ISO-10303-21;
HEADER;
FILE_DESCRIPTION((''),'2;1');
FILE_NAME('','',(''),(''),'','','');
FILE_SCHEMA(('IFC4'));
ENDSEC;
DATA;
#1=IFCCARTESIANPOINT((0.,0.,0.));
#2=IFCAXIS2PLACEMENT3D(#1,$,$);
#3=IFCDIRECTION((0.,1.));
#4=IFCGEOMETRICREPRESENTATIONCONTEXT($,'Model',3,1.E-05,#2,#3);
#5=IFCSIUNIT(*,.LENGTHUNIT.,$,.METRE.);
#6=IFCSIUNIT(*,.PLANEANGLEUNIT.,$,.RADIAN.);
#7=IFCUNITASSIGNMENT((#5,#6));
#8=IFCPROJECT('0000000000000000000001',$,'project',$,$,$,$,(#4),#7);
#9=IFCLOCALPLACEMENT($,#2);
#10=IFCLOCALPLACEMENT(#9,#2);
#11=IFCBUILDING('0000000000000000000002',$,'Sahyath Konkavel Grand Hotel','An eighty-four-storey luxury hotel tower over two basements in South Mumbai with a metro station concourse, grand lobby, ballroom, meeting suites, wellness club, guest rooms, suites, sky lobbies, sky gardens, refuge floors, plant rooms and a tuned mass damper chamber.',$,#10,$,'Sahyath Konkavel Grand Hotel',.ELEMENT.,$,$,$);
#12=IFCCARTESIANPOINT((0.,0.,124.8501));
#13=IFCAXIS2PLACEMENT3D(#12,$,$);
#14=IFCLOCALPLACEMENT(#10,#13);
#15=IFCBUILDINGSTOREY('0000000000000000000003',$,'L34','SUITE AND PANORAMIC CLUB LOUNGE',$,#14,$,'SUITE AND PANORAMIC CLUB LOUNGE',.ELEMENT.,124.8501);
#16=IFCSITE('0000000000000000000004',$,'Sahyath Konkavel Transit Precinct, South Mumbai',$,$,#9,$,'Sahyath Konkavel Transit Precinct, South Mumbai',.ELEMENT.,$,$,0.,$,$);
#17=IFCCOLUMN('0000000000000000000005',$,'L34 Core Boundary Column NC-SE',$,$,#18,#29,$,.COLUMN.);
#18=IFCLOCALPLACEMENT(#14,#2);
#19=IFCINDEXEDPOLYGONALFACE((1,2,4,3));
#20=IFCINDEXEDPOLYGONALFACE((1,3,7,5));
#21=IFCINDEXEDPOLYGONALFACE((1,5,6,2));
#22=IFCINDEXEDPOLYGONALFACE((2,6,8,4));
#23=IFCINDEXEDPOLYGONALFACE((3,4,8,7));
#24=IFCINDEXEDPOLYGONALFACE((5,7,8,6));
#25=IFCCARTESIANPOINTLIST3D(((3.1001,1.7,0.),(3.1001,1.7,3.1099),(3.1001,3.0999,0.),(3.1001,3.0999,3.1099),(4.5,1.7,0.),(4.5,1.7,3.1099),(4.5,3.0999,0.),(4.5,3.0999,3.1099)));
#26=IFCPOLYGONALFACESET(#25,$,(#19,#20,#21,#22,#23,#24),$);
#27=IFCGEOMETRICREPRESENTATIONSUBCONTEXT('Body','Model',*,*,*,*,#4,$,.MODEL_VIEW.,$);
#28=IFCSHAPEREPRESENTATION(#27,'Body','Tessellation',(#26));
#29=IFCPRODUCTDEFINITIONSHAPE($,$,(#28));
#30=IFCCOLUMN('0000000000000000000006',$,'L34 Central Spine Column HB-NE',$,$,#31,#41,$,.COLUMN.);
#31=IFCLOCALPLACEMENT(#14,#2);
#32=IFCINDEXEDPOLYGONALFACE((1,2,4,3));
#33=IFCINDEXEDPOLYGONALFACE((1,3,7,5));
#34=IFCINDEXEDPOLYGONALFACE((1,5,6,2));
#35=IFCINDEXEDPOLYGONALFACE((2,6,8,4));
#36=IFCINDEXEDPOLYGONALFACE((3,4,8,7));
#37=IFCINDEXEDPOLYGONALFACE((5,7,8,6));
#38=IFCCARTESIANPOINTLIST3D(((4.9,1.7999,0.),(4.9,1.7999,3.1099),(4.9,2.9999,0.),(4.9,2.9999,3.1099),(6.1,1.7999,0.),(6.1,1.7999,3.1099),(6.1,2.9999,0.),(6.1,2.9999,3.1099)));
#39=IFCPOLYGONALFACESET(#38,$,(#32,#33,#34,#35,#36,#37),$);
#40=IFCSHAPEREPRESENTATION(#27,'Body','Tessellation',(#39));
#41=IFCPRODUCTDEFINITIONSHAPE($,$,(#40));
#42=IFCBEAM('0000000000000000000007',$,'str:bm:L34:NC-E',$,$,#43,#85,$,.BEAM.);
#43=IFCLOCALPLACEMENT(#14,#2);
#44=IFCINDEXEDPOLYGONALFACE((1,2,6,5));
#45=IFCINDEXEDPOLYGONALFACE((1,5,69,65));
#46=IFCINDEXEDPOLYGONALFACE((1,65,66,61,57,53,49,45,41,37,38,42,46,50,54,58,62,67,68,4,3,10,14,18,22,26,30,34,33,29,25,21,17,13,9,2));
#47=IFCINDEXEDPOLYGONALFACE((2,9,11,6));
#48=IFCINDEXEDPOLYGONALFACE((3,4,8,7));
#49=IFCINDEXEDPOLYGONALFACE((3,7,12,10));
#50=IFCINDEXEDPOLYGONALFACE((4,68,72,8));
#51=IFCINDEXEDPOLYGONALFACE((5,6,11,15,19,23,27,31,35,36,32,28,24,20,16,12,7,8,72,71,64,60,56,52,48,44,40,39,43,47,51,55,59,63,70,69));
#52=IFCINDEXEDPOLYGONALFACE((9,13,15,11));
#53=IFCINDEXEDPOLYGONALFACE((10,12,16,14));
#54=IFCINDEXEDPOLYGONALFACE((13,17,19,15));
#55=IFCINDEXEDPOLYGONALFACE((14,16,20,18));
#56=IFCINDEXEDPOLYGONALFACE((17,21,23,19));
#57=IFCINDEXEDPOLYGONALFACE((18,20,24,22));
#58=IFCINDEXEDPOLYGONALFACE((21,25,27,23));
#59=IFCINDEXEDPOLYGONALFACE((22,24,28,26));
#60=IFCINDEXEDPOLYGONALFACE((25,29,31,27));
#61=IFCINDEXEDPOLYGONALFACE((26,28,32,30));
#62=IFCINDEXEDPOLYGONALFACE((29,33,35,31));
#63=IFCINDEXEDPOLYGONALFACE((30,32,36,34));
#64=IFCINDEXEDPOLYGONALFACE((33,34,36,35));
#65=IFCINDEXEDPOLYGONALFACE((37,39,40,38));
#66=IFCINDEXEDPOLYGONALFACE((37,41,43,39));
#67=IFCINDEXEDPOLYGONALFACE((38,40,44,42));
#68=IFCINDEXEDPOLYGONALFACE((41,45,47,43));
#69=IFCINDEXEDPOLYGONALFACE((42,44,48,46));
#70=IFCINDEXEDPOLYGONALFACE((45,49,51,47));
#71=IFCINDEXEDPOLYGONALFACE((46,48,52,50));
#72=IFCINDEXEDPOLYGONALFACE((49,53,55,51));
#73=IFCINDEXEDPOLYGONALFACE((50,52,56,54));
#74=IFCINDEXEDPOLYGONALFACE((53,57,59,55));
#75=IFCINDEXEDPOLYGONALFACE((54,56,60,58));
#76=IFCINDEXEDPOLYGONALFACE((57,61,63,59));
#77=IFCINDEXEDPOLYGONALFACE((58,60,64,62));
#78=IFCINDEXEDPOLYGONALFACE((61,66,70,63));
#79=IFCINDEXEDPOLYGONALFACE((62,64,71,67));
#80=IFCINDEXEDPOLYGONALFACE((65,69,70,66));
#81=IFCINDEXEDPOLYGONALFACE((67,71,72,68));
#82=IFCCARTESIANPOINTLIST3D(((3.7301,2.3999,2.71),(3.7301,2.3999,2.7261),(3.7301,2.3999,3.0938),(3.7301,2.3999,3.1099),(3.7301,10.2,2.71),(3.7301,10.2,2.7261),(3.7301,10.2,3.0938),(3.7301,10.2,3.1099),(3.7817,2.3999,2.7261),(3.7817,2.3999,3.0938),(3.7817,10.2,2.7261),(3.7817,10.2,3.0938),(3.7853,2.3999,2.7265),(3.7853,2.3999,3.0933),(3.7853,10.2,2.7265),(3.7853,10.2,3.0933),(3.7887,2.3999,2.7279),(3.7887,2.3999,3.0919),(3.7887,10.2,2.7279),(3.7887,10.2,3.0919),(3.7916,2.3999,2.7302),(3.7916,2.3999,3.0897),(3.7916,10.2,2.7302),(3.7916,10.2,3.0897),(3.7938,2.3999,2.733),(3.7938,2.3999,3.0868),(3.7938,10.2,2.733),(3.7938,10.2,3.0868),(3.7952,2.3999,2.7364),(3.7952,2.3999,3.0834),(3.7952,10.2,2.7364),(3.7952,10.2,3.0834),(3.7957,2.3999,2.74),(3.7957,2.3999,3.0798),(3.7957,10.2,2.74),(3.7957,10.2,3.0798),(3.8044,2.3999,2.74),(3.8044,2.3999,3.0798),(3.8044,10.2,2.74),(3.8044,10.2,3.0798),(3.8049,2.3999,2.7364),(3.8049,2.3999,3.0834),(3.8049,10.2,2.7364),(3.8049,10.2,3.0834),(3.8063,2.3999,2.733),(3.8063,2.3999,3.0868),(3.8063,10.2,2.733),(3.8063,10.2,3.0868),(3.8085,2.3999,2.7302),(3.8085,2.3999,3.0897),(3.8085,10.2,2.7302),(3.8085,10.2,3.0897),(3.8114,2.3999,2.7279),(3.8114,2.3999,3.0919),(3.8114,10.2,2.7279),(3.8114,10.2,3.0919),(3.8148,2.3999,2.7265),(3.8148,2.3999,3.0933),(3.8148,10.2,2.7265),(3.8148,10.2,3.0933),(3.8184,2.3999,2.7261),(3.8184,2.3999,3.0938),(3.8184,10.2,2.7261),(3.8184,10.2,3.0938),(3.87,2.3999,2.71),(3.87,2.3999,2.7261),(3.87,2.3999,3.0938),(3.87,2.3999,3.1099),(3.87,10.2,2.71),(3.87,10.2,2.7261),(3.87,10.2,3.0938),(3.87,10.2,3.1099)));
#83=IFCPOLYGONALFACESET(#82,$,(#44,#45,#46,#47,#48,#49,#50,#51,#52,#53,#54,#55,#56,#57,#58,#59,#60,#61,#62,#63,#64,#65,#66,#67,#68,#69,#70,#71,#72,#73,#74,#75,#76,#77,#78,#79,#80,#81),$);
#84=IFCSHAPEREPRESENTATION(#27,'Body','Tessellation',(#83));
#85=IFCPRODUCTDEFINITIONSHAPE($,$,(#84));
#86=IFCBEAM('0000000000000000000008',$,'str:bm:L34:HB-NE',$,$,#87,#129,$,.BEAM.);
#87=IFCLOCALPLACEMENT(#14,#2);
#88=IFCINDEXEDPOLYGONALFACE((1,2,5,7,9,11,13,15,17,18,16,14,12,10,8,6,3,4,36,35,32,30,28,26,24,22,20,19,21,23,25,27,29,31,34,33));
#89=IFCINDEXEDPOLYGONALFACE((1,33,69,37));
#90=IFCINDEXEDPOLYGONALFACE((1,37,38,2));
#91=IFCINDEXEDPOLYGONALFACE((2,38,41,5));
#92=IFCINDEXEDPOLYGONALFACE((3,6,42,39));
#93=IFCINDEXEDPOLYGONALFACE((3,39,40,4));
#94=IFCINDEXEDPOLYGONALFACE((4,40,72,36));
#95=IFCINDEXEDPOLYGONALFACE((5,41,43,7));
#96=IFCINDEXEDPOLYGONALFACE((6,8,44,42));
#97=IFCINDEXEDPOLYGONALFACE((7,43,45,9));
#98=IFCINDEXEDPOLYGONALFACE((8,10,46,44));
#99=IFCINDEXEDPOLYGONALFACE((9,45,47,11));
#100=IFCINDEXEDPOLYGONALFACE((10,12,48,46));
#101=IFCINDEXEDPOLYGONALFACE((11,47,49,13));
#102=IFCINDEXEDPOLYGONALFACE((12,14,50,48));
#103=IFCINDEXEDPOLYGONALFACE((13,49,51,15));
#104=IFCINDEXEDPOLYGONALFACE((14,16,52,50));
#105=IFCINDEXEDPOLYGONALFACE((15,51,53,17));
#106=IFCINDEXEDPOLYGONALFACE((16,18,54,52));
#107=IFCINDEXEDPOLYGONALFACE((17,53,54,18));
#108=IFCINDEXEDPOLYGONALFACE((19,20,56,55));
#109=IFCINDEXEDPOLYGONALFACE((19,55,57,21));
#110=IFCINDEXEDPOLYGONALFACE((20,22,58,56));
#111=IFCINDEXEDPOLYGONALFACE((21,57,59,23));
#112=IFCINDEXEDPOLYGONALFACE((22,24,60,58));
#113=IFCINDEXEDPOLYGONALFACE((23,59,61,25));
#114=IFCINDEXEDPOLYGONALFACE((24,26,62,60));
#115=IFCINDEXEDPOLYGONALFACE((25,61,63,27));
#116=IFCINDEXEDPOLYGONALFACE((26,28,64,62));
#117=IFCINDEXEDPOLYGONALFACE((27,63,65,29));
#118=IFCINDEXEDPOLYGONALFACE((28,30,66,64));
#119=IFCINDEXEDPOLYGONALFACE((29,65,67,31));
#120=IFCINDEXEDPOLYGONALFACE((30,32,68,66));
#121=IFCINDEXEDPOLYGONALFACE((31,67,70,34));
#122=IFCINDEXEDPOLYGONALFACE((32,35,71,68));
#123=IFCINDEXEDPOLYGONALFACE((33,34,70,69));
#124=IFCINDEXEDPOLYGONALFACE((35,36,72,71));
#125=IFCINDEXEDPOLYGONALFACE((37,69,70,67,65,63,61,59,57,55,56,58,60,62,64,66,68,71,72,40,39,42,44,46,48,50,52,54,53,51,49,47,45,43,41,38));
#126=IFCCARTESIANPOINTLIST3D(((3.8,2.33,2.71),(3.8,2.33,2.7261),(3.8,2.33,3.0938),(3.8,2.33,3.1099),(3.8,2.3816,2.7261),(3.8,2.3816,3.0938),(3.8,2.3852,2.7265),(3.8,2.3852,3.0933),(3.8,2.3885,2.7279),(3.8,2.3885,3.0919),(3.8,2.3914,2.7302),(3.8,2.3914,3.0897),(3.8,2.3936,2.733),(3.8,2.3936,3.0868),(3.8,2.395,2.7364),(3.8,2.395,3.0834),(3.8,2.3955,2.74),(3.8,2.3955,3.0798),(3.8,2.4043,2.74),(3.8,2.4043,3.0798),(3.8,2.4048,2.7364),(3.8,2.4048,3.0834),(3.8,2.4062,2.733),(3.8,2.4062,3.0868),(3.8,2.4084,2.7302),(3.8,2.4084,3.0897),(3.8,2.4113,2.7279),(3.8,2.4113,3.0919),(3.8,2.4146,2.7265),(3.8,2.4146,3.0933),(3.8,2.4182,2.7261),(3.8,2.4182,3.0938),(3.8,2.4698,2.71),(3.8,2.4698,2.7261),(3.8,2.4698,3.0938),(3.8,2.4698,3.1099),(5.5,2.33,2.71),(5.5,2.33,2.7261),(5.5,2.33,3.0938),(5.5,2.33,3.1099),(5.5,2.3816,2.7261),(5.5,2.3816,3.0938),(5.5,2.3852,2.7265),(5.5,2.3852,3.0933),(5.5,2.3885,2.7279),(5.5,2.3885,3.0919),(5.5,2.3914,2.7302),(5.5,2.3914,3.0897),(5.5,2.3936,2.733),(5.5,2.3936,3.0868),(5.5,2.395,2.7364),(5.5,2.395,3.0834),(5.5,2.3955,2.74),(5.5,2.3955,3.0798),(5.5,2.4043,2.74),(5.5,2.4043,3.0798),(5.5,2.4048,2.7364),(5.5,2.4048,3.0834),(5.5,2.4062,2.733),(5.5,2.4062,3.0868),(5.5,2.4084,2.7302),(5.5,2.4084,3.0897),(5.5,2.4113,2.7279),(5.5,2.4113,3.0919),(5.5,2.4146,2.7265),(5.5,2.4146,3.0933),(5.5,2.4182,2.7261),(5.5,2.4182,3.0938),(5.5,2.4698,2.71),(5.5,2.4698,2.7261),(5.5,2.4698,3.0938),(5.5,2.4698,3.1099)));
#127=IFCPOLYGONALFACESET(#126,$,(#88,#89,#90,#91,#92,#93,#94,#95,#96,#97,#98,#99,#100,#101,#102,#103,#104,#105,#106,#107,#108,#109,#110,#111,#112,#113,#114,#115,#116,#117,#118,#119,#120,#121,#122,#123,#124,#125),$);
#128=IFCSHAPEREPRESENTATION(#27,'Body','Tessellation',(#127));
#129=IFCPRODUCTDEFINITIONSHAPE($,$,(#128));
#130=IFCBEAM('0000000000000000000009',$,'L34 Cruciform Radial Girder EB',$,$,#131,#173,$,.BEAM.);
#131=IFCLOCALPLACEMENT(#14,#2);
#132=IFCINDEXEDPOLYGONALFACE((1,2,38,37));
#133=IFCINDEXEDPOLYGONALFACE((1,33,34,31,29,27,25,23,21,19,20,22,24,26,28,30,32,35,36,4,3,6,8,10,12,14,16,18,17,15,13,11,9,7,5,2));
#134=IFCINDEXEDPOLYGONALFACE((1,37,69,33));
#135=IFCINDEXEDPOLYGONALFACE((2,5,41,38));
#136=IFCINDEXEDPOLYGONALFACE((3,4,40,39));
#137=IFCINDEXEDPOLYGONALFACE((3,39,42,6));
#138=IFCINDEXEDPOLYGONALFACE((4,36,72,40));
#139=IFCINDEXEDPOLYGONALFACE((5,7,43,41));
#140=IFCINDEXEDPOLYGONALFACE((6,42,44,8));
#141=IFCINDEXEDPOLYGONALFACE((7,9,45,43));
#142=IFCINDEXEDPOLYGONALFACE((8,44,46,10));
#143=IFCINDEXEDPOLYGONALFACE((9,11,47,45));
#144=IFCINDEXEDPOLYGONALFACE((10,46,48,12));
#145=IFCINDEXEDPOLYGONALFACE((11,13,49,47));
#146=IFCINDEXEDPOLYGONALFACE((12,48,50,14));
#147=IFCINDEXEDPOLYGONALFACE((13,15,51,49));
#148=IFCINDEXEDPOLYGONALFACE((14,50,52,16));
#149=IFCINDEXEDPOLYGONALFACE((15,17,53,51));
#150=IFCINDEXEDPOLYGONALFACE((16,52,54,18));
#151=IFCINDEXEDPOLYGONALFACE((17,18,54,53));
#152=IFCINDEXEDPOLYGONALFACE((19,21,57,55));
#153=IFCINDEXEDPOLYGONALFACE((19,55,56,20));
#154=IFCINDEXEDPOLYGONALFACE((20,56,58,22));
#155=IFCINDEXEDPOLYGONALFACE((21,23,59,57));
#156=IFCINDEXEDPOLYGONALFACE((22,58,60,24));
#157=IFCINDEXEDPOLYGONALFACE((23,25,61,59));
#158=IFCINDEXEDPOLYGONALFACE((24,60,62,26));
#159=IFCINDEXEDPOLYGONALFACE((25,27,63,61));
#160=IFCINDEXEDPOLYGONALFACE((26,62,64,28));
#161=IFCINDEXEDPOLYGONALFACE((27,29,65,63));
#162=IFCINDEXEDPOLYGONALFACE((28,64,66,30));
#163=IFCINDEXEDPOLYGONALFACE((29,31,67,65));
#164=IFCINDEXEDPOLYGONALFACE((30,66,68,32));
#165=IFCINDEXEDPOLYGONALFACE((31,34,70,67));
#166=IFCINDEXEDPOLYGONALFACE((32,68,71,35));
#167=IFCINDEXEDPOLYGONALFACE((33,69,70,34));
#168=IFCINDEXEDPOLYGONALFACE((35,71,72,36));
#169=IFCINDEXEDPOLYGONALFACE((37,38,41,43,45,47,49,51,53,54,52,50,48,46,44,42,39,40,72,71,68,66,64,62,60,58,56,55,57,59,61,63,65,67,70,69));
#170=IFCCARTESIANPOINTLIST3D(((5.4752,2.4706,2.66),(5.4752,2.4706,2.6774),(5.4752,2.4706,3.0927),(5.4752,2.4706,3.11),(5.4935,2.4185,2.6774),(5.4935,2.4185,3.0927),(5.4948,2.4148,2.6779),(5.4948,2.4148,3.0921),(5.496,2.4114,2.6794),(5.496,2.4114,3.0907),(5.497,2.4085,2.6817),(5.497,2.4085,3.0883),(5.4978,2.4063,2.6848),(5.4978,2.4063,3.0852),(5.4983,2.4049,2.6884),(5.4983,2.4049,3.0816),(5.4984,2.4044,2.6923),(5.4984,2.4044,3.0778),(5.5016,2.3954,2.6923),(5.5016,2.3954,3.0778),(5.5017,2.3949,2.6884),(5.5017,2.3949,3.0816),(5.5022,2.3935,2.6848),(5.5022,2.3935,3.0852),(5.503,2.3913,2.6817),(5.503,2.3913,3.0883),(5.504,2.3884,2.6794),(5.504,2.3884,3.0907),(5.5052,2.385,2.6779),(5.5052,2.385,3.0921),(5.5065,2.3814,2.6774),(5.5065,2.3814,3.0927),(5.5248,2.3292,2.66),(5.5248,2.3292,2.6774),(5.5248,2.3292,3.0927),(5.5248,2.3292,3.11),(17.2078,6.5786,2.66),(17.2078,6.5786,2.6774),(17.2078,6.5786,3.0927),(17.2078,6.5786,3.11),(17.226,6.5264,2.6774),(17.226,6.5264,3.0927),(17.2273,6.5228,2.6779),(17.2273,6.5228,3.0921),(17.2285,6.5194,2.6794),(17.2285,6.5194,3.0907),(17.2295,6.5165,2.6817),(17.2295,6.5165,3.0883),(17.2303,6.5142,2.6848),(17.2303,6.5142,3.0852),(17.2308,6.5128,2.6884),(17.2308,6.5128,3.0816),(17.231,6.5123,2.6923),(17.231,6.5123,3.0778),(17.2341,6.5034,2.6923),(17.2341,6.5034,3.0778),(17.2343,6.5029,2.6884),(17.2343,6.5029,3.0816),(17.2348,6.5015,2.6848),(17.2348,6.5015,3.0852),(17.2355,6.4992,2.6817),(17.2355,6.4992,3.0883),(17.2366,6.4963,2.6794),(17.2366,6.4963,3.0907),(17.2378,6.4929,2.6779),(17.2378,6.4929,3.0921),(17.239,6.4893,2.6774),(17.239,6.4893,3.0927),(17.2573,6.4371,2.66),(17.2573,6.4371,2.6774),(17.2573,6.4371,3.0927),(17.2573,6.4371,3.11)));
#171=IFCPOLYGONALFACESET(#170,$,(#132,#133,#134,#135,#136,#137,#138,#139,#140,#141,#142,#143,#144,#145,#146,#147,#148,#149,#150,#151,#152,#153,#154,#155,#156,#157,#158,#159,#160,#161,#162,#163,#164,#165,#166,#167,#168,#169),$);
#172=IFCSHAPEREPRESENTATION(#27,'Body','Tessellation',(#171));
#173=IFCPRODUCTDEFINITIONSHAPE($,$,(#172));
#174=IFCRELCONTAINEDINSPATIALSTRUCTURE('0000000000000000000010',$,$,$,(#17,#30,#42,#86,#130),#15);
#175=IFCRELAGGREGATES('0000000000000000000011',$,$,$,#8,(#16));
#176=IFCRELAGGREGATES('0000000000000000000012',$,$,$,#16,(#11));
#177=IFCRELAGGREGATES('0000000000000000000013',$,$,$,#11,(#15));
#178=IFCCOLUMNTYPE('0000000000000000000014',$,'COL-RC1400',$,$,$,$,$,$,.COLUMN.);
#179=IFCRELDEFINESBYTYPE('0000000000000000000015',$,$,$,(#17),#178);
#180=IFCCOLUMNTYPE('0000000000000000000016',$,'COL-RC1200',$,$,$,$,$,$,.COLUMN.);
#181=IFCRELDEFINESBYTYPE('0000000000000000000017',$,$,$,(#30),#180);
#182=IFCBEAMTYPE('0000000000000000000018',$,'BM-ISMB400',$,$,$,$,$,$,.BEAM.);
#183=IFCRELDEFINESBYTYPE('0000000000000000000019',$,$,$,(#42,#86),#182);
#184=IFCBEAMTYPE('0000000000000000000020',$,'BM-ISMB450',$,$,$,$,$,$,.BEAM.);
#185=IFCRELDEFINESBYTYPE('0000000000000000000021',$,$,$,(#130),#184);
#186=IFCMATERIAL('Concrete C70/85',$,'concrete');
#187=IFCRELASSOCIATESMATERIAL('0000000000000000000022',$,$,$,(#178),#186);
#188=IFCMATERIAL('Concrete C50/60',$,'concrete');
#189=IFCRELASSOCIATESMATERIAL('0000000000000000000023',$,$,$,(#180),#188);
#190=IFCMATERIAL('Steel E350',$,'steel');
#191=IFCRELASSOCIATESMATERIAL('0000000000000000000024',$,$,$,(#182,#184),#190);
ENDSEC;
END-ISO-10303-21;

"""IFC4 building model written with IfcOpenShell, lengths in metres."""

from ifc_helpers import new_model, si_unit, direction, frame, origin, origin_2d, place, context, subcontext, project, spatial, rectangle, i_section, extrude, source, transform, mapped, material, material_profile, profile_set, type_object, element, save


model = new_model("IFC4")

# Units and contexts
model_context = context("Model", 3, precision=1e-05, world=origin(), true_north=direction((0.0, 1.0)))
body_context = subcontext(model_context, "Body", "Model", "MODEL_VIEW")
ifc_project = project(units=[si_unit("LENGTHUNIT", "METRE"), si_unit("PLANEANGLEUNIT", "RADIAN")], contexts=[model_context])

# Site, building, storey
site_placement = place(None, origin())
site = spatial("IfcSite", under=ifc_project, at=site_placement, Name="Sahyath Konkavel Transit Precinct, South Mumbai", LongName="Sahyath Konkavel Transit Precinct, South Mumbai", CompositionType="ELEMENT", RefElevation=0.0)
building_placement = place(site_placement, origin())
building = spatial("IfcBuilding", under=site, at=building_placement, Name="Sahyath Konkavel Grand Hotel", Description="An eighty-four-storey luxury hotel tower over two basements in South Mumbai with a metro station concourse, grand lobby, ballroom, meeting suites, wellness club, guest rooms, suites, sky lobbies, sky gardens, refuge floors, plant rooms and a tuned mass damper chamber.", LongName="Sahyath Konkavel Grand Hotel", CompositionType="ELEMENT")
storey_placement = place(building_placement, frame((0.0, 0.0, 124.8501)))
storey = spatial("IfcBuildingStorey", under=building, at=storey_placement, Name="L34", Description="SUITE AND PANORAMIC CLUB LOUNGE", LongName="SUITE AND PANORAMIC CLUB LOUNGE", CompositionType="ELEMENT", Elevation=124.8501)

# Columns
ifc_material_1 = material(Name="Concrete C70/85", Category="concrete")
ifc_material_profile_1 = material_profile(ifc_material_1, rectangle(XDim=1.3999, YDim=1.3999, at=origin_2d()), Name="RC 1400x1400")
ifc_profile_set_1 = profile_set([ifc_material_profile_1], Name="Concrete C70/85")
column_type_1 = type_object("IfcColumnType", Name="COL-RC1400", PredefinedType="COLUMN", material=ifc_profile_set_1)
shared_shape_1 = source(origin(), body_context, "Body", "SweptSolid", [
    extrude(rectangle(XDim=1.3999, YDim=1.3999, at=origin_2d()), origin(), (0.0, 0.0, 1.0), 3.1099),
])
column_1_placement = place(storey_placement, frame((3.8, 2.3999, 0.0), z_axis=(0.0, 0.0, 1.0), x_axis=(1.0, 0.0, 0.0)))
element("IfcColumn", 1, at=column_1_placement, inside=storey, type_object=column_type_1, Name="L34 Core Boundary Column NC-SE", PredefinedType="COLUMN", context=body_context, shape_type="MappedRepresentation", body=[
    mapped(shared_shape_1, transform((0.0, 0.0, 0.0), scale=1.0)),
])
ifc_material_2 = material(Name="Concrete C50/60", Category="concrete")
ifc_material_profile_2 = material_profile(ifc_material_2, rectangle(XDim=1.2, YDim=1.2, at=origin_2d()), Name="RC 1200x1200")
ifc_profile_set_2 = profile_set([ifc_material_profile_2], Name="Concrete C50/60")
column_type_2 = type_object("IfcColumnType", Name="COL-RC1200", PredefinedType="COLUMN", material=ifc_profile_set_2)
shared_shape_2 = source(origin(), body_context, "Body", "SweptSolid", [
    extrude(rectangle(XDim=1.2, YDim=1.2, at=origin_2d()), origin(), (0.0, 0.0, 1.0), 3.1099),
])
column_2_placement = place(storey_placement, frame((5.5, 2.3999, 0.0), z_axis=(0.0, 0.0, 1.0), x_axis=(1.0, 0.0, 0.0)))
element("IfcColumn", 2, at=column_2_placement, inside=storey, type_object=column_type_2, Name="L34 Central Spine Column HB-NE", PredefinedType="COLUMN", context=body_context, shape_type="MappedRepresentation", body=[
    mapped(shared_shape_2, transform((0.0, 0.0, 0.0), scale=1.0)),
])

# Beams
ifc_material_3 = material(Name="Steel E350", Category="steel")
ifc_material_profile_3 = material_profile(ifc_material_3, i_section(OverallWidth=0.1399, OverallDepth=0.3999, WebThickness=0.0088, FlangeThickness=0.0161, FilletRadius=0.0139, at=origin_2d()), Name="ISMB 400")
ifc_profile_set_3 = profile_set([ifc_material_profile_3], Name="Steel E350")
beam_type_1 = type_object("IfcBeamType", Name="BM-ISMB400", PredefinedType="BEAM", material=ifc_profile_set_3)
shared_shape_3 = source(origin(), body_context, "Body", "SweptSolid", [
    extrude(i_section(OverallWidth=0.1399, OverallDepth=0.3999, WebThickness=0.0088, FlangeThickness=0.0161, FilletRadius=0.0139, at=origin_2d()), origin(), (0.0, 0.0, 1.0), 7.8),
])
beam_1_placement = place(storey_placement, frame((3.8, 2.3999, 2.9099), z_axis=(0.0, 1.0, 0.0), x_axis=(-1.0, 0.0, 0.0)))
element("IfcBeam", 3, at=beam_1_placement, inside=storey, type_object=beam_type_1, Name="str:bm:L34:NC-E", PredefinedType="BEAM", context=body_context, shape_type="MappedRepresentation", body=[
    mapped(shared_shape_3, transform((0.0, 0.0, 0.0), scale=1.0)),
])
shared_shape_4 = source(origin(), body_context, "Body", "SweptSolid", [
    extrude(i_section(OverallWidth=0.1399, OverallDepth=0.3999, WebThickness=0.0088, FlangeThickness=0.0161, FilletRadius=0.0139, at=origin_2d()), origin(), (0.0, 0.0, 1.0), 1.7),
])
beam_2_placement = place(storey_placement, frame((3.8, 2.3999, 2.9099), z_axis=(1.0, 0.0, 0.0), x_axis=(0.0, 1.0, 0.0)))
element("IfcBeam", 4, at=beam_2_placement, inside=storey, type_object=beam_type_1, Name="str:bm:L34:HB-NE", PredefinedType="BEAM", context=body_context, shape_type="MappedRepresentation", body=[
    mapped(shared_shape_4, transform((0.0, 0.0, 0.0), scale=1.0)),
])
ifc_material_profile_4 = material_profile(ifc_material_3, i_section(OverallWidth=0.1499, OverallDepth=0.45, WebThickness=0.0095, FlangeThickness=0.0173, FilletRadius=0.0149, at=origin_2d()), Name="ISMB 450")
ifc_profile_set_4 = profile_set([ifc_material_profile_4], Name="Steel E350")
beam_type_2 = type_object("IfcBeamType", Name="BM-ISMB450", PredefinedType="BEAM", material=ifc_profile_set_4)
shared_shape_5 = source(origin(), body_context, "Body", "SweptSolid", [
    extrude(i_section(OverallWidth=0.1499, OverallDepth=0.45, WebThickness=0.0095, FlangeThickness=0.0173, FilletRadius=0.0149, at=origin_2d()), origin(), (0.0, 0.0, 1.0), 12.4309),
])
beam_3_placement = place(storey_placement, frame((5.5, 2.3999, 2.885), z_axis=(0.943819, 0.330462, 0.0), x_axis=(-0.330462, 0.943819, 0.0)))
element("IfcBeam", 5, at=beam_3_placement, inside=storey, type_object=beam_type_2, Name="L34 Cruciform Radial Girder EB", PredefinedType="BEAM", context=body_context, shape_type="MappedRepresentation", body=[
    mapped(shared_shape_5, transform((0.0, 0.0, 0.0), scale=1.0)),
])

save(model, "model.ifc")
